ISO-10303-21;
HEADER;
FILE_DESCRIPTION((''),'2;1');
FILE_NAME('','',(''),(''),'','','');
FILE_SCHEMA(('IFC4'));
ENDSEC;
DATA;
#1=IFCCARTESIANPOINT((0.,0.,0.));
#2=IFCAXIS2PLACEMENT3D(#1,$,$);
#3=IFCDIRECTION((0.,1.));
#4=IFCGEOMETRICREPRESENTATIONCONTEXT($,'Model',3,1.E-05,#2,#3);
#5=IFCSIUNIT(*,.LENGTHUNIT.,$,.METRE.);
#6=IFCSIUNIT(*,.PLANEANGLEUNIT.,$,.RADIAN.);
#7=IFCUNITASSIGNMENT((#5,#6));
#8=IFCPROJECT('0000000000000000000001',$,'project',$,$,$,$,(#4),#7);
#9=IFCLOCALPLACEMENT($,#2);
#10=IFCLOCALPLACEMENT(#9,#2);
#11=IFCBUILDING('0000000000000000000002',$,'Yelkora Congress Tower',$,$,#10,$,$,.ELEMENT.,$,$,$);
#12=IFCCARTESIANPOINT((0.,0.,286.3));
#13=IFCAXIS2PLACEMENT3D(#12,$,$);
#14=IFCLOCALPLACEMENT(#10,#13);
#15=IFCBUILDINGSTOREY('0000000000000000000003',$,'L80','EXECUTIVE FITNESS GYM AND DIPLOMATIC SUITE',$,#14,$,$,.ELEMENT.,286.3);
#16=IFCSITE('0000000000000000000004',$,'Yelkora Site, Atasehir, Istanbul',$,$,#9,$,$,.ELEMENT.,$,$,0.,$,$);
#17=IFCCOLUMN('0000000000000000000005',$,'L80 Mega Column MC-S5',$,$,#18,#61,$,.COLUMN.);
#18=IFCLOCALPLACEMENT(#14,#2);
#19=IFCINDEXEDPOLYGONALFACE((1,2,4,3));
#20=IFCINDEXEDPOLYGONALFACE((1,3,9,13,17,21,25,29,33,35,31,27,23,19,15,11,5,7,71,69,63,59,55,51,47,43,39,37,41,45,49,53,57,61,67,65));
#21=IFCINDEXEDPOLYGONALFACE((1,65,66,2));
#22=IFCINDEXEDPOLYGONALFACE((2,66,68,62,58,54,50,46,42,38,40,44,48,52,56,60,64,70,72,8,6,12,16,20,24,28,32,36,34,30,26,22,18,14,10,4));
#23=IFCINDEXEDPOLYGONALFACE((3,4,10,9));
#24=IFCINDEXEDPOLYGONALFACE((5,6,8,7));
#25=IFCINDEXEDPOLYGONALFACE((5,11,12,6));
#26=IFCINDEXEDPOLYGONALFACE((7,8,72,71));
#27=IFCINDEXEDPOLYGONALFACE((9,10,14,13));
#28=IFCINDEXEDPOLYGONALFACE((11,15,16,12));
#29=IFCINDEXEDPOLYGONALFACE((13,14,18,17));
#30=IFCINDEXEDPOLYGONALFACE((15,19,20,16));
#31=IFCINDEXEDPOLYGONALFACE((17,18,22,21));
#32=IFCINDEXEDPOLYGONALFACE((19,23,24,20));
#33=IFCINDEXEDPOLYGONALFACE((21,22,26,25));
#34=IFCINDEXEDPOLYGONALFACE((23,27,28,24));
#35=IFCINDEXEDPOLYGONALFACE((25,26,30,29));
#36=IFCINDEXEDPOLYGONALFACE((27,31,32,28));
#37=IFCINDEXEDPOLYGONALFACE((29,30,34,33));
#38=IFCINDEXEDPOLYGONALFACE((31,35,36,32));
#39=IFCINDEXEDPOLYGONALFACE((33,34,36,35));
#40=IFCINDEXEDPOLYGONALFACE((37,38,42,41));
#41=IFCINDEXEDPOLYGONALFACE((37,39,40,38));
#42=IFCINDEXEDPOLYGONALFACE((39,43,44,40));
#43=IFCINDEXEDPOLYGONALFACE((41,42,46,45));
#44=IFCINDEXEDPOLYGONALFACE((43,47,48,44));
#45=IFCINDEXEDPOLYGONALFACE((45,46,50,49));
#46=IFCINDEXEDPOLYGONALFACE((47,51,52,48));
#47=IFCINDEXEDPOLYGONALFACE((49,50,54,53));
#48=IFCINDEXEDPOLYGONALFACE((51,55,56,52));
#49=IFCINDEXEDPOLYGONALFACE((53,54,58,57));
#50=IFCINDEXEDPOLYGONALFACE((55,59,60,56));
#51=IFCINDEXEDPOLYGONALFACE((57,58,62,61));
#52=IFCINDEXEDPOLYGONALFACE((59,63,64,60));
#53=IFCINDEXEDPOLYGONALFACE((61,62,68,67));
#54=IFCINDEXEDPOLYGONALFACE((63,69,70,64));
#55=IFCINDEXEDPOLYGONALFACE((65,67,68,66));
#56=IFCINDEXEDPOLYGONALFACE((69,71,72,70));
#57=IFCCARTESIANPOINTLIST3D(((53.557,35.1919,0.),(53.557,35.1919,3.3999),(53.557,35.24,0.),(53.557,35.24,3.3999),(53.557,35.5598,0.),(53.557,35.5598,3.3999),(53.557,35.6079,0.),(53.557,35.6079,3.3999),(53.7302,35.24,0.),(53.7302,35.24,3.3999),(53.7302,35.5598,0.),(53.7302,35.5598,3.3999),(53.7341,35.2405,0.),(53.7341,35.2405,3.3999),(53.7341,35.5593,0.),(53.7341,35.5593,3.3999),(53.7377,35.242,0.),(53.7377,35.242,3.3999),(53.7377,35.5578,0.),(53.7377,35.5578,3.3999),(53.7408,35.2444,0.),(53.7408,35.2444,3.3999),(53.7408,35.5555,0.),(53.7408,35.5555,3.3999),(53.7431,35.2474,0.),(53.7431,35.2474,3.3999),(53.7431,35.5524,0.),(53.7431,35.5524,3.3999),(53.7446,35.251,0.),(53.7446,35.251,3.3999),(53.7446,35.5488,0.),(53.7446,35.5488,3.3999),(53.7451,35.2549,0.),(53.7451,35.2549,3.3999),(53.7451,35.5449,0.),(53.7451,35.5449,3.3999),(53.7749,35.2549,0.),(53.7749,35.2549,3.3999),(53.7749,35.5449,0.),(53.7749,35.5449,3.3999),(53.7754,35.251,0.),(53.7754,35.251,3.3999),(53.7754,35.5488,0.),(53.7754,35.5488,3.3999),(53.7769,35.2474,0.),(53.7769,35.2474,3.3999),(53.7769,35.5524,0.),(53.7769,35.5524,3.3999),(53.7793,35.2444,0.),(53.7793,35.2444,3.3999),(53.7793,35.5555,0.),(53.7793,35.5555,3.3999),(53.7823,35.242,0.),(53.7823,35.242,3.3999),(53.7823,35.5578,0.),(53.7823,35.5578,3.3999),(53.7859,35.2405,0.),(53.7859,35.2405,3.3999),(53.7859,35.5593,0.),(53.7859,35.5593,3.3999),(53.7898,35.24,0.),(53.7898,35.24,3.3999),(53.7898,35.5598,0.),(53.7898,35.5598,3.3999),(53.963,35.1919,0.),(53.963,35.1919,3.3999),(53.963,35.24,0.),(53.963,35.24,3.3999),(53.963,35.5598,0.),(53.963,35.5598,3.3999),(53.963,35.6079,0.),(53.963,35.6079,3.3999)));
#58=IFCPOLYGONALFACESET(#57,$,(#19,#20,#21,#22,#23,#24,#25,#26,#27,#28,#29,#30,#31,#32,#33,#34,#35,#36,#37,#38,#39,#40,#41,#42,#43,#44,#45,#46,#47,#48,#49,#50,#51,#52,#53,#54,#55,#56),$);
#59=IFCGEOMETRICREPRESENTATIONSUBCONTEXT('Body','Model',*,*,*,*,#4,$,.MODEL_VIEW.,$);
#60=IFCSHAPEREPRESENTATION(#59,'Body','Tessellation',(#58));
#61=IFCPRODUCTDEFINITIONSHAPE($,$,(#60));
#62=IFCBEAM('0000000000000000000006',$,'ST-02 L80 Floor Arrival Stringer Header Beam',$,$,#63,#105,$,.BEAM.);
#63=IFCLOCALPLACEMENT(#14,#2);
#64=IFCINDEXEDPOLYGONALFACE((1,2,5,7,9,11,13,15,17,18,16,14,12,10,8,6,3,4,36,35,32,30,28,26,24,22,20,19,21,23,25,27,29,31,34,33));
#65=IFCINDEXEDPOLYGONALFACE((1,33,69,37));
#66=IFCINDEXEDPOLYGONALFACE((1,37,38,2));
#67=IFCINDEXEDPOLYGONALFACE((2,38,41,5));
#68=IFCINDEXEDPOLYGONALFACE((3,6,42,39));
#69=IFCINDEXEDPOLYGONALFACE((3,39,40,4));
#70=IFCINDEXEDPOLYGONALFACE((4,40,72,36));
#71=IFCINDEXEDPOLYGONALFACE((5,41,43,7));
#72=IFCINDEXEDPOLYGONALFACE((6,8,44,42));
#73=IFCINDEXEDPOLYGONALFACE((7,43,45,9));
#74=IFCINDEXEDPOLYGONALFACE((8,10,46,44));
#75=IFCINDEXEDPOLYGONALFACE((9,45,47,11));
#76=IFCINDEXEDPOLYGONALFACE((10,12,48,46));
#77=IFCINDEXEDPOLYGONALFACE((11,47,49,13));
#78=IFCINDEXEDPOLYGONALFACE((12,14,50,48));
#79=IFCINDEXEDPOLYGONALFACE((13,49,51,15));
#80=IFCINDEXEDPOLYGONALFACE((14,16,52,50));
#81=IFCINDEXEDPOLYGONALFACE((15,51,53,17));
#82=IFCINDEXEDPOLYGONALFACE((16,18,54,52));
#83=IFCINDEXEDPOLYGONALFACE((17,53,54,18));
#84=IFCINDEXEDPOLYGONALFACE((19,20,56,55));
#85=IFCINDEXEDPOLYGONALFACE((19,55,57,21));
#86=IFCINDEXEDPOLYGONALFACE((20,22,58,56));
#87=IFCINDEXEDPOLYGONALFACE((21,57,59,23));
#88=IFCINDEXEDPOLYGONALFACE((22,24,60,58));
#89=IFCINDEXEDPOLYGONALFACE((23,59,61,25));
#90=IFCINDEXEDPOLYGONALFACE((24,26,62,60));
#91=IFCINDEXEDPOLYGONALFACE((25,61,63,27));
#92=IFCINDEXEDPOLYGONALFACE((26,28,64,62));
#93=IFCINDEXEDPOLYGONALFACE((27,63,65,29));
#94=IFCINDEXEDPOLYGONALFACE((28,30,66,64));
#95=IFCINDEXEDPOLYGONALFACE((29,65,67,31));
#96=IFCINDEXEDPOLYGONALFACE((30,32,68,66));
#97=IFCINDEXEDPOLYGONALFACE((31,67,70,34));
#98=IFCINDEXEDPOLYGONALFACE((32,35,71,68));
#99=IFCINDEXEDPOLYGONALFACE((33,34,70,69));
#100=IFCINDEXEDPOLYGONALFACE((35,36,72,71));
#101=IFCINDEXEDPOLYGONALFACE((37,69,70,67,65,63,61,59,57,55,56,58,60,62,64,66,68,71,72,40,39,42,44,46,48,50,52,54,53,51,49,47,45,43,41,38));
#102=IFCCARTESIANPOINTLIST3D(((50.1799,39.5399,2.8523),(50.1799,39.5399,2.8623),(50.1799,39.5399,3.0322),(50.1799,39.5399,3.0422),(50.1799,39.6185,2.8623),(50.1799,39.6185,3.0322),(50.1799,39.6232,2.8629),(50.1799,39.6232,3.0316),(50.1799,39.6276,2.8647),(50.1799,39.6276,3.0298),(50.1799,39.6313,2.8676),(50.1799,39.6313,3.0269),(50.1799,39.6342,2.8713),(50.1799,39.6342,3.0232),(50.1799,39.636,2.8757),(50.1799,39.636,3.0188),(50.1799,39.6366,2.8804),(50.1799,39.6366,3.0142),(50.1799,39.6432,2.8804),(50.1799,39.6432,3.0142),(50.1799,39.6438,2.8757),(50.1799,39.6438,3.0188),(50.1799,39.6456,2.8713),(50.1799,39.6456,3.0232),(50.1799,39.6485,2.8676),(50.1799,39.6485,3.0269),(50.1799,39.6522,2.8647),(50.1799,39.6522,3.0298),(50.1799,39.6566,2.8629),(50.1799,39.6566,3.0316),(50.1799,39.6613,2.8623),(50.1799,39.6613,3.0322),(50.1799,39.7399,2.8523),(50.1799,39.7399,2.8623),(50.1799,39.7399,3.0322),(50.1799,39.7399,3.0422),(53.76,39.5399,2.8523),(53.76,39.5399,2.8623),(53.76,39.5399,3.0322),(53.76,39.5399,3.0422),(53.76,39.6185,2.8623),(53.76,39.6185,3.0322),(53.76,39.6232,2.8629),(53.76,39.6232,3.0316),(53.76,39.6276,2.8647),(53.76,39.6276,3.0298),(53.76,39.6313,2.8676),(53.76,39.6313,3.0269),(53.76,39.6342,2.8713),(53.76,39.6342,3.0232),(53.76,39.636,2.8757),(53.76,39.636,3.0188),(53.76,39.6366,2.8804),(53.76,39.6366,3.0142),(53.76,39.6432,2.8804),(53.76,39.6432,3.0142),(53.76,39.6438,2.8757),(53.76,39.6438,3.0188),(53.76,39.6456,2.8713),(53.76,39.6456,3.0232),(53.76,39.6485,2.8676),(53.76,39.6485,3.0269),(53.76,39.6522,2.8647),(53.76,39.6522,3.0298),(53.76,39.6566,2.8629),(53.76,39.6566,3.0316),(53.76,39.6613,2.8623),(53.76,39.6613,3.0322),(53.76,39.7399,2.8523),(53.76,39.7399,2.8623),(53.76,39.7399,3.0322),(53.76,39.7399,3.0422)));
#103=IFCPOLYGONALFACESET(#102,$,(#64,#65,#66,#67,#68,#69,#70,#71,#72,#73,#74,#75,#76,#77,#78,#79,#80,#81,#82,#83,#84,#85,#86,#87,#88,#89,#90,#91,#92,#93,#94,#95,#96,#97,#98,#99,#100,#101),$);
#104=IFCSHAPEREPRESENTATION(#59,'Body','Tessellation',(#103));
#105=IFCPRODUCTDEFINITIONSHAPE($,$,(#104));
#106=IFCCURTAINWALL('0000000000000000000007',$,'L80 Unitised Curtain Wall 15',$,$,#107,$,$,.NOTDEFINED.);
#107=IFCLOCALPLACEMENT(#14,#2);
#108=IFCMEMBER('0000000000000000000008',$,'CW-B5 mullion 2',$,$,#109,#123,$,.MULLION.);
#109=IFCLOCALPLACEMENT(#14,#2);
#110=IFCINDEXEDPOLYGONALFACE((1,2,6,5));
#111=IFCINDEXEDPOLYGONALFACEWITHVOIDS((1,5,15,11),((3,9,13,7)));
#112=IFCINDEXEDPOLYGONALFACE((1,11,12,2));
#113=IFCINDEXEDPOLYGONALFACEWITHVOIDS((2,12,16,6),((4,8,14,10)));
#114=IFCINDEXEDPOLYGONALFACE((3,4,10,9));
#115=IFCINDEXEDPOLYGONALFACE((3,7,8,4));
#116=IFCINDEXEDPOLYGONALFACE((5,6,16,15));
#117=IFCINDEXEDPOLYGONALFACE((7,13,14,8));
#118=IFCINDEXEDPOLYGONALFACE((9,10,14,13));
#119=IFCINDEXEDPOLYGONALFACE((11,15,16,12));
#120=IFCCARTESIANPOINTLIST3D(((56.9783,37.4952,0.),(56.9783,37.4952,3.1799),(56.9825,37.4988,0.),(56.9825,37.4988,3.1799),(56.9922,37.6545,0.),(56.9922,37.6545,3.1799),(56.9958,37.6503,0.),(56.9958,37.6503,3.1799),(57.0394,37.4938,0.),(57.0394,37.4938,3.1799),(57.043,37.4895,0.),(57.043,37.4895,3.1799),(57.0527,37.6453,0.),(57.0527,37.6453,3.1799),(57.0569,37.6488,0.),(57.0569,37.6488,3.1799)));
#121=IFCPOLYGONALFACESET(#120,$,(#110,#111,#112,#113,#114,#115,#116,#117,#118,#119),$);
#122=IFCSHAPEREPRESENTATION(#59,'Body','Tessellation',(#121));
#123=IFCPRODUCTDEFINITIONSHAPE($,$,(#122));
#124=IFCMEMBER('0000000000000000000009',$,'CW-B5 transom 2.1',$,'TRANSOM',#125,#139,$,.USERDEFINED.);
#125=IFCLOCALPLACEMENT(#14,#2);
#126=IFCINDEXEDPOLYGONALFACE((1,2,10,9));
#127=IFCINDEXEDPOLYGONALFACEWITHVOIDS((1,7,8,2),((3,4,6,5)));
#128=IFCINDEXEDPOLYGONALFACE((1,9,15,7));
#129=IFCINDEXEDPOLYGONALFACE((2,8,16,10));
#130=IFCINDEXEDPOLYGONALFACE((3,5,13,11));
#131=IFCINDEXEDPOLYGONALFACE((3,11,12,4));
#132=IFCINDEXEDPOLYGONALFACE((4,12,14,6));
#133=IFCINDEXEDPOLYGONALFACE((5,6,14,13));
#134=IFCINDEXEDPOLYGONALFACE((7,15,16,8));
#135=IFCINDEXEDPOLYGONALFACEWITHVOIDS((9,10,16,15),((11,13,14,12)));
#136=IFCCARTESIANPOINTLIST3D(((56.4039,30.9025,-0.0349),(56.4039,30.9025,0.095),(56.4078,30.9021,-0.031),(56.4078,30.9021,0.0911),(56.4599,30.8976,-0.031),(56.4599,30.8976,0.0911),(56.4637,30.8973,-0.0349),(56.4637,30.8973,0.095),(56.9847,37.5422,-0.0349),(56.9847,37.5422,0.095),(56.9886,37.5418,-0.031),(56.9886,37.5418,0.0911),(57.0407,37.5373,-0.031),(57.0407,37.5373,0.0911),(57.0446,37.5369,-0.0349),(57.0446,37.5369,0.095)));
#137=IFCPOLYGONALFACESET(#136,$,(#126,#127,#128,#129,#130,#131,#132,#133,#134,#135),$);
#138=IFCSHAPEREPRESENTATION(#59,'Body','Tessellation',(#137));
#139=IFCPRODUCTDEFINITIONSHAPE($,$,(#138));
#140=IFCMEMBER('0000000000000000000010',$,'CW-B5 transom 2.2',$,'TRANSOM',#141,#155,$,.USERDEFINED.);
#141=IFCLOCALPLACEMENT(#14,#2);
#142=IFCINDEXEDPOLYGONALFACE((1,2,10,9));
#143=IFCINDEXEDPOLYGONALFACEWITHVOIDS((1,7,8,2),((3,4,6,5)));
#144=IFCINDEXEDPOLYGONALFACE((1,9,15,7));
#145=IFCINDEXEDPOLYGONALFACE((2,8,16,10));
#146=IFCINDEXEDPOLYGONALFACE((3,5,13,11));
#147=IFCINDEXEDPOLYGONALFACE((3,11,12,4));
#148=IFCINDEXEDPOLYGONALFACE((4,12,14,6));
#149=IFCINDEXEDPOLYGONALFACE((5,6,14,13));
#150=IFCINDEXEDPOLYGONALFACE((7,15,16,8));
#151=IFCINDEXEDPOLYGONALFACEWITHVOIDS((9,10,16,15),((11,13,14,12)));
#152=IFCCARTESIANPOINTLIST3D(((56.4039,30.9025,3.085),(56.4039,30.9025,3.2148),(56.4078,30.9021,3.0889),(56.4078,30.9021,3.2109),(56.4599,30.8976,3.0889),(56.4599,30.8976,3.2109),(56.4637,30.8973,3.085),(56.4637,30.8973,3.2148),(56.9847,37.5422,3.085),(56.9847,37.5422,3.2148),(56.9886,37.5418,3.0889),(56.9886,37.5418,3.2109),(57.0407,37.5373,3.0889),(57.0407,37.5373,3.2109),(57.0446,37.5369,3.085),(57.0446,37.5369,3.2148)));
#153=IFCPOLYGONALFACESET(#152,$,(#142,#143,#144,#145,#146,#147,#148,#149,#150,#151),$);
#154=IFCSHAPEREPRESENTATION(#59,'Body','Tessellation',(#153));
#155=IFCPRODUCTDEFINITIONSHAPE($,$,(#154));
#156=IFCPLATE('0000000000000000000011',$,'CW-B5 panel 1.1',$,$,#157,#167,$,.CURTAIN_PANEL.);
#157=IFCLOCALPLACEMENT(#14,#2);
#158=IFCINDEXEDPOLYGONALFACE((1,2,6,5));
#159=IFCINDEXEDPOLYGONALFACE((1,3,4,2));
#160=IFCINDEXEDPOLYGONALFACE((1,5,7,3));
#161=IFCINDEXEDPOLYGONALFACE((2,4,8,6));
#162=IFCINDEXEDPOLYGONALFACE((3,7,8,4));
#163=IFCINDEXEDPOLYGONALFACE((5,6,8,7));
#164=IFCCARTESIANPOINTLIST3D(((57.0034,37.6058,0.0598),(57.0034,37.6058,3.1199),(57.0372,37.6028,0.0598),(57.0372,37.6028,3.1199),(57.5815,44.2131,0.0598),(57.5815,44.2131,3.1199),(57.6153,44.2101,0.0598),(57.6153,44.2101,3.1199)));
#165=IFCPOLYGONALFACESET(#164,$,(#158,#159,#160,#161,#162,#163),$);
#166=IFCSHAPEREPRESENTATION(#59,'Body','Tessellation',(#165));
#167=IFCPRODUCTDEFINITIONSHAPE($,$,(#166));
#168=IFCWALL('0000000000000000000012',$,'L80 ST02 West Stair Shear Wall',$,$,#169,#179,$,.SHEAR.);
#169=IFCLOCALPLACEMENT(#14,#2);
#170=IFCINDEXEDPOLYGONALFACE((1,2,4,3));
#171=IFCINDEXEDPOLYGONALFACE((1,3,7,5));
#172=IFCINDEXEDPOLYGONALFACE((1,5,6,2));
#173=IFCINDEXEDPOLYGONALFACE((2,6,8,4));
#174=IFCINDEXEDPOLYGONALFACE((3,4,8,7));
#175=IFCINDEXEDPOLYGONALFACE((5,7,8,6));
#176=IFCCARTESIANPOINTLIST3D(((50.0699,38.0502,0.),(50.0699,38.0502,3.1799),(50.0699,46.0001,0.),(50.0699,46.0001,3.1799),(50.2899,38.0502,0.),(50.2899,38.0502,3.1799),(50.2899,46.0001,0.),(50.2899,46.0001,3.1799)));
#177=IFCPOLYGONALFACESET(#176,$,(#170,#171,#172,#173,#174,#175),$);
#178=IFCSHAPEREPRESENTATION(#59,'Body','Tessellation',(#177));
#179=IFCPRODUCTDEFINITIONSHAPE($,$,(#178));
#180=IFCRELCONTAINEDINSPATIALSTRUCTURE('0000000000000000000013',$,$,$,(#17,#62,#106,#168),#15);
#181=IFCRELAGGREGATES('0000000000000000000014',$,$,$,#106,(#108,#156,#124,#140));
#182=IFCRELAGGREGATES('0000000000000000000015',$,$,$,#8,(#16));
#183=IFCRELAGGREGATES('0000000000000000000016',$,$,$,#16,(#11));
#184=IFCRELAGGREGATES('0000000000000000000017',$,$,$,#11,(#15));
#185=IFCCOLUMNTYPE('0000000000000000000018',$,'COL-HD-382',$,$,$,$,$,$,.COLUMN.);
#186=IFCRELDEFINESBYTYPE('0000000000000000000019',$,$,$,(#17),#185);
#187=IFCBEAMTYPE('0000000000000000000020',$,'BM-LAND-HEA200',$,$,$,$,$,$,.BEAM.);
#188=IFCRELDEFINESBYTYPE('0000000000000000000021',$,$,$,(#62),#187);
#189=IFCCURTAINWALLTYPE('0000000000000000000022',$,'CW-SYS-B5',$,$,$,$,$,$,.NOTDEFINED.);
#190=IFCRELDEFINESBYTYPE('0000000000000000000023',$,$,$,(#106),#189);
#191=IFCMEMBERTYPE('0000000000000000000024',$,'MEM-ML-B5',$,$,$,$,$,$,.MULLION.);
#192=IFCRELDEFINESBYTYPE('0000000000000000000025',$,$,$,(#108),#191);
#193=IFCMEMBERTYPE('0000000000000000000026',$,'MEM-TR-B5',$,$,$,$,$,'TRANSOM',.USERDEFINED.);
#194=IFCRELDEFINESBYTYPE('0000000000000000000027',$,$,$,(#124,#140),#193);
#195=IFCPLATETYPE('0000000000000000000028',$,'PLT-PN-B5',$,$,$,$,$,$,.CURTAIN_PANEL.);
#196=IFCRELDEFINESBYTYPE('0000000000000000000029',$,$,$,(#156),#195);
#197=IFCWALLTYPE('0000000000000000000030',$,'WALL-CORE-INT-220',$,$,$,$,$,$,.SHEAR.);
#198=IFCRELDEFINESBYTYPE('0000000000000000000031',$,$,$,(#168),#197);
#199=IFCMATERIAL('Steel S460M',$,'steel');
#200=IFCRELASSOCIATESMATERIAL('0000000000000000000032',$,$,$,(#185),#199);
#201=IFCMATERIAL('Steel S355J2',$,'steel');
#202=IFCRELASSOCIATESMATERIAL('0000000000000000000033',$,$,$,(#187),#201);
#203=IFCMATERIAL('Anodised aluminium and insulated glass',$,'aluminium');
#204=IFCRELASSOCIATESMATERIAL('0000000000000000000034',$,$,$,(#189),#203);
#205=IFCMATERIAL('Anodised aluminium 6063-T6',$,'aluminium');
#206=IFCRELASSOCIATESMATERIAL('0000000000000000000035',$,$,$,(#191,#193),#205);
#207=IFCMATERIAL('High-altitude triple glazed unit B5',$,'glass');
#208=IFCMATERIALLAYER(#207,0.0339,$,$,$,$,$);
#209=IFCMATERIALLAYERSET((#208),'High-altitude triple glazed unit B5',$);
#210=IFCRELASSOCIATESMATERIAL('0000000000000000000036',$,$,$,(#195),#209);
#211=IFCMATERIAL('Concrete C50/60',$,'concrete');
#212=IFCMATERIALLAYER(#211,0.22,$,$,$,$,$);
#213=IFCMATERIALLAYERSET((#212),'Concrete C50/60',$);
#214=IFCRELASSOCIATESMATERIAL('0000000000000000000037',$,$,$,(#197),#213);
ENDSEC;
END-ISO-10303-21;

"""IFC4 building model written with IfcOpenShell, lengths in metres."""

from ifc_helpers import new_model, si_unit, direction, frame, frame_2d, origin, origin_2d, place, context, subcontext, project, spatial, rectangle, hollow_rectangle, i_section, extrude, material, layer, layer_set, material_profile, profile_set, type_object, element, aggregate, save


model = new_model("IFC4")

# Units and contexts
model_context = context("Model", 3, precision=1e-05, world=origin(), true_north=direction((0.0, 1.0)))
body_context = subcontext(model_context, "Body", "Model", "MODEL_VIEW")
ifc_project = project(units=[si_unit("LENGTHUNIT", "METRE"), si_unit("PLANEANGLEUNIT", "RADIAN")], contexts=[model_context])

# Site, building, storey
site_placement = place(None, origin())
site = spatial("IfcSite", under=ifc_project, at=site_placement, Name="Yelkora Site, Atasehir, Istanbul", CompositionType="ELEMENT", RefElevation=0.0)
building_placement = place(site_placement, origin())
building = spatial("IfcBuilding", under=site, at=building_placement, Name="Yelkora Congress Tower", CompositionType="ELEMENT")
storey_placement = place(building_placement, frame((0.0, 0.0, 286.3)))
storey = spatial("IfcBuildingStorey", under=building, at=storey_placement, Name="L80", Description="EXECUTIVE FITNESS GYM AND DIPLOMATIC SUITE", CompositionType="ELEMENT", Elevation=286.3)

# Column
ifc_material_1 = material(Name="Steel S460M", Category="steel")
ifc_material_profile_1 = material_profile(ifc_material_1, i_section(OverallWidth=0.406, OverallDepth=0.416, WebThickness=0.0298, FlangeThickness=0.0481, FilletRadius=0.0149, at=origin_2d()), Name="HD 400x382")
ifc_profile_set_1 = profile_set([ifc_material_profile_1], Name="Steel S460M")
column_type = type_object("IfcColumnType", Name="COL-HD-382", PredefinedType="COLUMN", material=ifc_profile_set_1)
column_placement = place(storey_placement, frame((53.76, 35.3999, 0.0), z_axis=(0.0, 0.0, 1.0), x_axis=(1.0, 0.0, 0.0)))
element("IfcColumn", 1, at=column_placement, inside=storey, type_object=column_type, Name="L80 Mega Column MC-S5", PredefinedType="COLUMN", context=body_context, shape_type="SweptSolid", body=[
    extrude(i_section(OverallWidth=0.406, OverallDepth=0.416, WebThickness=0.0298, FlangeThickness=0.0481, FilletRadius=0.0149, at=origin_2d()), origin(), (0.0, 0.0, 1.0), 3.3999),
])

# Beam
ifc_material_2 = material(Name="Steel S355J2", Category="steel")
ifc_material_profile_2 = material_profile(ifc_material_2, i_section(OverallWidth=0.2, OverallDepth=0.1899, WebThickness=0.0066, FlangeThickness=0.01, FilletRadius=0.0181, at=origin_2d()), Name="HEA 200")
ifc_profile_set_2 = profile_set([ifc_material_profile_2], Name="Steel S355J2")
beam_type = type_object("IfcBeamType", Name="BM-LAND-HEA200", PredefinedType="BEAM", material=ifc_profile_set_2)
beam_placement = place(storey_placement, frame((50.1799, 39.6399, 2.9473), z_axis=(1.0, 0.0, 0.0), x_axis=(0.0, 1.0, 0.0)))
element("IfcBeam", 2, at=beam_placement, inside=storey, type_object=beam_type, Name="ST-02 L80 Floor Arrival Stringer Header Beam", PredefinedType="BEAM", context=body_context, shape_type="SweptSolid", body=[
    extrude(i_section(OverallWidth=0.2, OverallDepth=0.1899, WebThickness=0.0066, FlangeThickness=0.01, FilletRadius=0.0181, at=origin_2d()), origin(), (0.0, 0.0, 1.0), 3.5801),
])

# Curtain wall, members, plate
ifc_material_3 = material(Name="Anodised aluminium and insulated glass", Category="aluminium")
curtain_wall_type = type_object("IfcCurtainWallType", Name="CW-SYS-B5", PredefinedType="NOTDEFINED", material=ifc_material_3)
curtain_wall_placement = place(storey_placement, origin())
curtain_wall = element("IfcCurtainWall", 3, at=curtain_wall_placement, inside=storey, type_object=curtain_wall_type, Name="L80 Unitised Curtain Wall 15", PredefinedType="NOTDEFINED")
ifc_material_4 = material(Name="Anodised aluminium 6063-T6", Category="aluminium")
ifc_material_profile_3 = material_profile(ifc_material_4, hollow_rectangle(XDim=0.0649, YDim=0.1599, WallThickness=0.0039, at=origin_2d()), Name="ALU 65x160x4")
ifc_profile_set_3 = profile_set([ifc_material_profile_3], Name="Anodised aluminium 6063-T6")
member_type_1 = type_object("IfcMemberType", Name="MEM-ML-B5", PredefinedType="MULLION", material=ifc_profile_set_3)
member_1_placement = place(storey_placement, frame((57.0176, 37.572, 0.0), z_axis=(0.0, 0.0, 1.0), x_axis=(0.996194, -0.087158, 0.0)))
member_1 = element("IfcMember", 4, at=member_1_placement, type_object=member_type_1, Name="CW-B5 mullion 2", PredefinedType="MULLION", context=body_context, shape_type="SweptSolid", body=[
    extrude(hollow_rectangle(XDim=0.0649, YDim=0.1599, WallThickness=0.0039, at=origin_2d()), origin(), (0.0, 0.0, 1.0), 3.1799),
])
ifc_material_profile_4 = material_profile(ifc_material_4, hollow_rectangle(XDim=0.0601, YDim=0.1299, WallThickness=0.0039, at=origin_2d()), Name="ALU 60x130x4")
ifc_profile_set_4 = profile_set([ifc_material_profile_4], Name="Anodised aluminium 6063-T6")
member_type_2 = type_object("IfcMemberType", Name="MEM-TR-B5", ElementType="TRANSOM", PredefinedType="USERDEFINED", material=ifc_profile_set_4)
member_2_placement = place(storey_placement, frame((57.0146, 37.5396, 0.03), z_axis=(-0.087143, -0.996196, 0.0), x_axis=(0.996196, -0.087143, 0.0)))
member_2 = element("IfcMember", 5, at=member_2_placement, type_object=member_type_2, Name="CW-B5 transom 2.1", ObjectType="TRANSOM", PredefinedType="USERDEFINED", context=body_context, shape_type="SweptSolid", body=[
    extrude(hollow_rectangle(XDim=0.0601, YDim=0.1299, WallThickness=0.0039, at=origin_2d()), origin(), (0.0, 0.0, 1.0), 6.665),
])
member_3_placement = place(storey_placement, frame((57.0146, 37.5396, 3.1499), z_axis=(-0.087143, -0.996196, 0.0), x_axis=(0.996196, -0.087143, 0.0)))
member_3 = element("IfcMember", 6, at=member_3_placement, type_object=member_type_2, Name="CW-B5 transom 2.2", ObjectType="TRANSOM", PredefinedType="USERDEFINED", context=body_context, shape_type="SweptSolid", body=[
    extrude(hollow_rectangle(XDim=0.0601, YDim=0.1299, WallThickness=0.0039, at=origin_2d()), origin(), (0.0, 0.0, 1.0), 6.665),
])
ifc_material_5 = material(Name="High-altitude triple glazed unit B5", Category="glass")
ifc_layer_1 = layer(ifc_material_5, 0.0339)
ifc_layer_set_1 = layer_set([ifc_layer_1], Name="High-altitude triple glazed unit B5")
plate_type = type_object("IfcPlateType", Name="PLT-PN-B5", PredefinedType="CURTAIN_PANEL", material=ifc_layer_set_1)
plate_placement = place(storey_placement, frame((57.3093, 40.908, 0.0598), z_axis=(0.0, 0.0, 1.0), x_axis=(-0.087158, -0.996194, 0.0)))
plate = element("IfcPlate", 7, at=plate_placement, type_object=plate_type, Name="CW-B5 panel 1.1", PredefinedType="CURTAIN_PANEL", context=body_context, shape_type="SweptSolid", body=[
    extrude(rectangle(XDim=6.6326, YDim=0.0339, at=origin_2d()), origin(), (0.0, 0.0, 1.0), 3.0601),
])
aggregate(curtain_wall, [member_1, plate, member_2, member_3])

# Wall
ifc_material_6 = material(Name="Concrete C50/60", Category="concrete")
ifc_layer_2 = layer(ifc_material_6, 0.22)
ifc_layer_set_2 = layer_set([ifc_layer_2], Name="Concrete C50/60")
wall_type_1 = type_object("IfcWallType", Name="WALL-CORE-INT-220", PredefinedType="SHEAR", material=ifc_layer_set_2)
wall_1_placement = place(storey_placement, frame((50.1799, 38.05, 0.0), z_axis=(0.0, 0.0, 1.0), x_axis=(0.0, 1.0, 0.0)))
element("IfcWall", 8, at=wall_1_placement, inside=storey, type_object=wall_type_1, Name="L80 ST02 West Stair Shear Wall", PredefinedType="SHEAR", context=body_context, shape_type="SweptSolid", body=[
    extrude(rectangle(XDim=7.95, YDim=0.22, at=frame_2d((3.9751, 0.0))), origin(), (0.0, 0.0, 1.0), 3.1799),
])

save(model, "model.ifc")
